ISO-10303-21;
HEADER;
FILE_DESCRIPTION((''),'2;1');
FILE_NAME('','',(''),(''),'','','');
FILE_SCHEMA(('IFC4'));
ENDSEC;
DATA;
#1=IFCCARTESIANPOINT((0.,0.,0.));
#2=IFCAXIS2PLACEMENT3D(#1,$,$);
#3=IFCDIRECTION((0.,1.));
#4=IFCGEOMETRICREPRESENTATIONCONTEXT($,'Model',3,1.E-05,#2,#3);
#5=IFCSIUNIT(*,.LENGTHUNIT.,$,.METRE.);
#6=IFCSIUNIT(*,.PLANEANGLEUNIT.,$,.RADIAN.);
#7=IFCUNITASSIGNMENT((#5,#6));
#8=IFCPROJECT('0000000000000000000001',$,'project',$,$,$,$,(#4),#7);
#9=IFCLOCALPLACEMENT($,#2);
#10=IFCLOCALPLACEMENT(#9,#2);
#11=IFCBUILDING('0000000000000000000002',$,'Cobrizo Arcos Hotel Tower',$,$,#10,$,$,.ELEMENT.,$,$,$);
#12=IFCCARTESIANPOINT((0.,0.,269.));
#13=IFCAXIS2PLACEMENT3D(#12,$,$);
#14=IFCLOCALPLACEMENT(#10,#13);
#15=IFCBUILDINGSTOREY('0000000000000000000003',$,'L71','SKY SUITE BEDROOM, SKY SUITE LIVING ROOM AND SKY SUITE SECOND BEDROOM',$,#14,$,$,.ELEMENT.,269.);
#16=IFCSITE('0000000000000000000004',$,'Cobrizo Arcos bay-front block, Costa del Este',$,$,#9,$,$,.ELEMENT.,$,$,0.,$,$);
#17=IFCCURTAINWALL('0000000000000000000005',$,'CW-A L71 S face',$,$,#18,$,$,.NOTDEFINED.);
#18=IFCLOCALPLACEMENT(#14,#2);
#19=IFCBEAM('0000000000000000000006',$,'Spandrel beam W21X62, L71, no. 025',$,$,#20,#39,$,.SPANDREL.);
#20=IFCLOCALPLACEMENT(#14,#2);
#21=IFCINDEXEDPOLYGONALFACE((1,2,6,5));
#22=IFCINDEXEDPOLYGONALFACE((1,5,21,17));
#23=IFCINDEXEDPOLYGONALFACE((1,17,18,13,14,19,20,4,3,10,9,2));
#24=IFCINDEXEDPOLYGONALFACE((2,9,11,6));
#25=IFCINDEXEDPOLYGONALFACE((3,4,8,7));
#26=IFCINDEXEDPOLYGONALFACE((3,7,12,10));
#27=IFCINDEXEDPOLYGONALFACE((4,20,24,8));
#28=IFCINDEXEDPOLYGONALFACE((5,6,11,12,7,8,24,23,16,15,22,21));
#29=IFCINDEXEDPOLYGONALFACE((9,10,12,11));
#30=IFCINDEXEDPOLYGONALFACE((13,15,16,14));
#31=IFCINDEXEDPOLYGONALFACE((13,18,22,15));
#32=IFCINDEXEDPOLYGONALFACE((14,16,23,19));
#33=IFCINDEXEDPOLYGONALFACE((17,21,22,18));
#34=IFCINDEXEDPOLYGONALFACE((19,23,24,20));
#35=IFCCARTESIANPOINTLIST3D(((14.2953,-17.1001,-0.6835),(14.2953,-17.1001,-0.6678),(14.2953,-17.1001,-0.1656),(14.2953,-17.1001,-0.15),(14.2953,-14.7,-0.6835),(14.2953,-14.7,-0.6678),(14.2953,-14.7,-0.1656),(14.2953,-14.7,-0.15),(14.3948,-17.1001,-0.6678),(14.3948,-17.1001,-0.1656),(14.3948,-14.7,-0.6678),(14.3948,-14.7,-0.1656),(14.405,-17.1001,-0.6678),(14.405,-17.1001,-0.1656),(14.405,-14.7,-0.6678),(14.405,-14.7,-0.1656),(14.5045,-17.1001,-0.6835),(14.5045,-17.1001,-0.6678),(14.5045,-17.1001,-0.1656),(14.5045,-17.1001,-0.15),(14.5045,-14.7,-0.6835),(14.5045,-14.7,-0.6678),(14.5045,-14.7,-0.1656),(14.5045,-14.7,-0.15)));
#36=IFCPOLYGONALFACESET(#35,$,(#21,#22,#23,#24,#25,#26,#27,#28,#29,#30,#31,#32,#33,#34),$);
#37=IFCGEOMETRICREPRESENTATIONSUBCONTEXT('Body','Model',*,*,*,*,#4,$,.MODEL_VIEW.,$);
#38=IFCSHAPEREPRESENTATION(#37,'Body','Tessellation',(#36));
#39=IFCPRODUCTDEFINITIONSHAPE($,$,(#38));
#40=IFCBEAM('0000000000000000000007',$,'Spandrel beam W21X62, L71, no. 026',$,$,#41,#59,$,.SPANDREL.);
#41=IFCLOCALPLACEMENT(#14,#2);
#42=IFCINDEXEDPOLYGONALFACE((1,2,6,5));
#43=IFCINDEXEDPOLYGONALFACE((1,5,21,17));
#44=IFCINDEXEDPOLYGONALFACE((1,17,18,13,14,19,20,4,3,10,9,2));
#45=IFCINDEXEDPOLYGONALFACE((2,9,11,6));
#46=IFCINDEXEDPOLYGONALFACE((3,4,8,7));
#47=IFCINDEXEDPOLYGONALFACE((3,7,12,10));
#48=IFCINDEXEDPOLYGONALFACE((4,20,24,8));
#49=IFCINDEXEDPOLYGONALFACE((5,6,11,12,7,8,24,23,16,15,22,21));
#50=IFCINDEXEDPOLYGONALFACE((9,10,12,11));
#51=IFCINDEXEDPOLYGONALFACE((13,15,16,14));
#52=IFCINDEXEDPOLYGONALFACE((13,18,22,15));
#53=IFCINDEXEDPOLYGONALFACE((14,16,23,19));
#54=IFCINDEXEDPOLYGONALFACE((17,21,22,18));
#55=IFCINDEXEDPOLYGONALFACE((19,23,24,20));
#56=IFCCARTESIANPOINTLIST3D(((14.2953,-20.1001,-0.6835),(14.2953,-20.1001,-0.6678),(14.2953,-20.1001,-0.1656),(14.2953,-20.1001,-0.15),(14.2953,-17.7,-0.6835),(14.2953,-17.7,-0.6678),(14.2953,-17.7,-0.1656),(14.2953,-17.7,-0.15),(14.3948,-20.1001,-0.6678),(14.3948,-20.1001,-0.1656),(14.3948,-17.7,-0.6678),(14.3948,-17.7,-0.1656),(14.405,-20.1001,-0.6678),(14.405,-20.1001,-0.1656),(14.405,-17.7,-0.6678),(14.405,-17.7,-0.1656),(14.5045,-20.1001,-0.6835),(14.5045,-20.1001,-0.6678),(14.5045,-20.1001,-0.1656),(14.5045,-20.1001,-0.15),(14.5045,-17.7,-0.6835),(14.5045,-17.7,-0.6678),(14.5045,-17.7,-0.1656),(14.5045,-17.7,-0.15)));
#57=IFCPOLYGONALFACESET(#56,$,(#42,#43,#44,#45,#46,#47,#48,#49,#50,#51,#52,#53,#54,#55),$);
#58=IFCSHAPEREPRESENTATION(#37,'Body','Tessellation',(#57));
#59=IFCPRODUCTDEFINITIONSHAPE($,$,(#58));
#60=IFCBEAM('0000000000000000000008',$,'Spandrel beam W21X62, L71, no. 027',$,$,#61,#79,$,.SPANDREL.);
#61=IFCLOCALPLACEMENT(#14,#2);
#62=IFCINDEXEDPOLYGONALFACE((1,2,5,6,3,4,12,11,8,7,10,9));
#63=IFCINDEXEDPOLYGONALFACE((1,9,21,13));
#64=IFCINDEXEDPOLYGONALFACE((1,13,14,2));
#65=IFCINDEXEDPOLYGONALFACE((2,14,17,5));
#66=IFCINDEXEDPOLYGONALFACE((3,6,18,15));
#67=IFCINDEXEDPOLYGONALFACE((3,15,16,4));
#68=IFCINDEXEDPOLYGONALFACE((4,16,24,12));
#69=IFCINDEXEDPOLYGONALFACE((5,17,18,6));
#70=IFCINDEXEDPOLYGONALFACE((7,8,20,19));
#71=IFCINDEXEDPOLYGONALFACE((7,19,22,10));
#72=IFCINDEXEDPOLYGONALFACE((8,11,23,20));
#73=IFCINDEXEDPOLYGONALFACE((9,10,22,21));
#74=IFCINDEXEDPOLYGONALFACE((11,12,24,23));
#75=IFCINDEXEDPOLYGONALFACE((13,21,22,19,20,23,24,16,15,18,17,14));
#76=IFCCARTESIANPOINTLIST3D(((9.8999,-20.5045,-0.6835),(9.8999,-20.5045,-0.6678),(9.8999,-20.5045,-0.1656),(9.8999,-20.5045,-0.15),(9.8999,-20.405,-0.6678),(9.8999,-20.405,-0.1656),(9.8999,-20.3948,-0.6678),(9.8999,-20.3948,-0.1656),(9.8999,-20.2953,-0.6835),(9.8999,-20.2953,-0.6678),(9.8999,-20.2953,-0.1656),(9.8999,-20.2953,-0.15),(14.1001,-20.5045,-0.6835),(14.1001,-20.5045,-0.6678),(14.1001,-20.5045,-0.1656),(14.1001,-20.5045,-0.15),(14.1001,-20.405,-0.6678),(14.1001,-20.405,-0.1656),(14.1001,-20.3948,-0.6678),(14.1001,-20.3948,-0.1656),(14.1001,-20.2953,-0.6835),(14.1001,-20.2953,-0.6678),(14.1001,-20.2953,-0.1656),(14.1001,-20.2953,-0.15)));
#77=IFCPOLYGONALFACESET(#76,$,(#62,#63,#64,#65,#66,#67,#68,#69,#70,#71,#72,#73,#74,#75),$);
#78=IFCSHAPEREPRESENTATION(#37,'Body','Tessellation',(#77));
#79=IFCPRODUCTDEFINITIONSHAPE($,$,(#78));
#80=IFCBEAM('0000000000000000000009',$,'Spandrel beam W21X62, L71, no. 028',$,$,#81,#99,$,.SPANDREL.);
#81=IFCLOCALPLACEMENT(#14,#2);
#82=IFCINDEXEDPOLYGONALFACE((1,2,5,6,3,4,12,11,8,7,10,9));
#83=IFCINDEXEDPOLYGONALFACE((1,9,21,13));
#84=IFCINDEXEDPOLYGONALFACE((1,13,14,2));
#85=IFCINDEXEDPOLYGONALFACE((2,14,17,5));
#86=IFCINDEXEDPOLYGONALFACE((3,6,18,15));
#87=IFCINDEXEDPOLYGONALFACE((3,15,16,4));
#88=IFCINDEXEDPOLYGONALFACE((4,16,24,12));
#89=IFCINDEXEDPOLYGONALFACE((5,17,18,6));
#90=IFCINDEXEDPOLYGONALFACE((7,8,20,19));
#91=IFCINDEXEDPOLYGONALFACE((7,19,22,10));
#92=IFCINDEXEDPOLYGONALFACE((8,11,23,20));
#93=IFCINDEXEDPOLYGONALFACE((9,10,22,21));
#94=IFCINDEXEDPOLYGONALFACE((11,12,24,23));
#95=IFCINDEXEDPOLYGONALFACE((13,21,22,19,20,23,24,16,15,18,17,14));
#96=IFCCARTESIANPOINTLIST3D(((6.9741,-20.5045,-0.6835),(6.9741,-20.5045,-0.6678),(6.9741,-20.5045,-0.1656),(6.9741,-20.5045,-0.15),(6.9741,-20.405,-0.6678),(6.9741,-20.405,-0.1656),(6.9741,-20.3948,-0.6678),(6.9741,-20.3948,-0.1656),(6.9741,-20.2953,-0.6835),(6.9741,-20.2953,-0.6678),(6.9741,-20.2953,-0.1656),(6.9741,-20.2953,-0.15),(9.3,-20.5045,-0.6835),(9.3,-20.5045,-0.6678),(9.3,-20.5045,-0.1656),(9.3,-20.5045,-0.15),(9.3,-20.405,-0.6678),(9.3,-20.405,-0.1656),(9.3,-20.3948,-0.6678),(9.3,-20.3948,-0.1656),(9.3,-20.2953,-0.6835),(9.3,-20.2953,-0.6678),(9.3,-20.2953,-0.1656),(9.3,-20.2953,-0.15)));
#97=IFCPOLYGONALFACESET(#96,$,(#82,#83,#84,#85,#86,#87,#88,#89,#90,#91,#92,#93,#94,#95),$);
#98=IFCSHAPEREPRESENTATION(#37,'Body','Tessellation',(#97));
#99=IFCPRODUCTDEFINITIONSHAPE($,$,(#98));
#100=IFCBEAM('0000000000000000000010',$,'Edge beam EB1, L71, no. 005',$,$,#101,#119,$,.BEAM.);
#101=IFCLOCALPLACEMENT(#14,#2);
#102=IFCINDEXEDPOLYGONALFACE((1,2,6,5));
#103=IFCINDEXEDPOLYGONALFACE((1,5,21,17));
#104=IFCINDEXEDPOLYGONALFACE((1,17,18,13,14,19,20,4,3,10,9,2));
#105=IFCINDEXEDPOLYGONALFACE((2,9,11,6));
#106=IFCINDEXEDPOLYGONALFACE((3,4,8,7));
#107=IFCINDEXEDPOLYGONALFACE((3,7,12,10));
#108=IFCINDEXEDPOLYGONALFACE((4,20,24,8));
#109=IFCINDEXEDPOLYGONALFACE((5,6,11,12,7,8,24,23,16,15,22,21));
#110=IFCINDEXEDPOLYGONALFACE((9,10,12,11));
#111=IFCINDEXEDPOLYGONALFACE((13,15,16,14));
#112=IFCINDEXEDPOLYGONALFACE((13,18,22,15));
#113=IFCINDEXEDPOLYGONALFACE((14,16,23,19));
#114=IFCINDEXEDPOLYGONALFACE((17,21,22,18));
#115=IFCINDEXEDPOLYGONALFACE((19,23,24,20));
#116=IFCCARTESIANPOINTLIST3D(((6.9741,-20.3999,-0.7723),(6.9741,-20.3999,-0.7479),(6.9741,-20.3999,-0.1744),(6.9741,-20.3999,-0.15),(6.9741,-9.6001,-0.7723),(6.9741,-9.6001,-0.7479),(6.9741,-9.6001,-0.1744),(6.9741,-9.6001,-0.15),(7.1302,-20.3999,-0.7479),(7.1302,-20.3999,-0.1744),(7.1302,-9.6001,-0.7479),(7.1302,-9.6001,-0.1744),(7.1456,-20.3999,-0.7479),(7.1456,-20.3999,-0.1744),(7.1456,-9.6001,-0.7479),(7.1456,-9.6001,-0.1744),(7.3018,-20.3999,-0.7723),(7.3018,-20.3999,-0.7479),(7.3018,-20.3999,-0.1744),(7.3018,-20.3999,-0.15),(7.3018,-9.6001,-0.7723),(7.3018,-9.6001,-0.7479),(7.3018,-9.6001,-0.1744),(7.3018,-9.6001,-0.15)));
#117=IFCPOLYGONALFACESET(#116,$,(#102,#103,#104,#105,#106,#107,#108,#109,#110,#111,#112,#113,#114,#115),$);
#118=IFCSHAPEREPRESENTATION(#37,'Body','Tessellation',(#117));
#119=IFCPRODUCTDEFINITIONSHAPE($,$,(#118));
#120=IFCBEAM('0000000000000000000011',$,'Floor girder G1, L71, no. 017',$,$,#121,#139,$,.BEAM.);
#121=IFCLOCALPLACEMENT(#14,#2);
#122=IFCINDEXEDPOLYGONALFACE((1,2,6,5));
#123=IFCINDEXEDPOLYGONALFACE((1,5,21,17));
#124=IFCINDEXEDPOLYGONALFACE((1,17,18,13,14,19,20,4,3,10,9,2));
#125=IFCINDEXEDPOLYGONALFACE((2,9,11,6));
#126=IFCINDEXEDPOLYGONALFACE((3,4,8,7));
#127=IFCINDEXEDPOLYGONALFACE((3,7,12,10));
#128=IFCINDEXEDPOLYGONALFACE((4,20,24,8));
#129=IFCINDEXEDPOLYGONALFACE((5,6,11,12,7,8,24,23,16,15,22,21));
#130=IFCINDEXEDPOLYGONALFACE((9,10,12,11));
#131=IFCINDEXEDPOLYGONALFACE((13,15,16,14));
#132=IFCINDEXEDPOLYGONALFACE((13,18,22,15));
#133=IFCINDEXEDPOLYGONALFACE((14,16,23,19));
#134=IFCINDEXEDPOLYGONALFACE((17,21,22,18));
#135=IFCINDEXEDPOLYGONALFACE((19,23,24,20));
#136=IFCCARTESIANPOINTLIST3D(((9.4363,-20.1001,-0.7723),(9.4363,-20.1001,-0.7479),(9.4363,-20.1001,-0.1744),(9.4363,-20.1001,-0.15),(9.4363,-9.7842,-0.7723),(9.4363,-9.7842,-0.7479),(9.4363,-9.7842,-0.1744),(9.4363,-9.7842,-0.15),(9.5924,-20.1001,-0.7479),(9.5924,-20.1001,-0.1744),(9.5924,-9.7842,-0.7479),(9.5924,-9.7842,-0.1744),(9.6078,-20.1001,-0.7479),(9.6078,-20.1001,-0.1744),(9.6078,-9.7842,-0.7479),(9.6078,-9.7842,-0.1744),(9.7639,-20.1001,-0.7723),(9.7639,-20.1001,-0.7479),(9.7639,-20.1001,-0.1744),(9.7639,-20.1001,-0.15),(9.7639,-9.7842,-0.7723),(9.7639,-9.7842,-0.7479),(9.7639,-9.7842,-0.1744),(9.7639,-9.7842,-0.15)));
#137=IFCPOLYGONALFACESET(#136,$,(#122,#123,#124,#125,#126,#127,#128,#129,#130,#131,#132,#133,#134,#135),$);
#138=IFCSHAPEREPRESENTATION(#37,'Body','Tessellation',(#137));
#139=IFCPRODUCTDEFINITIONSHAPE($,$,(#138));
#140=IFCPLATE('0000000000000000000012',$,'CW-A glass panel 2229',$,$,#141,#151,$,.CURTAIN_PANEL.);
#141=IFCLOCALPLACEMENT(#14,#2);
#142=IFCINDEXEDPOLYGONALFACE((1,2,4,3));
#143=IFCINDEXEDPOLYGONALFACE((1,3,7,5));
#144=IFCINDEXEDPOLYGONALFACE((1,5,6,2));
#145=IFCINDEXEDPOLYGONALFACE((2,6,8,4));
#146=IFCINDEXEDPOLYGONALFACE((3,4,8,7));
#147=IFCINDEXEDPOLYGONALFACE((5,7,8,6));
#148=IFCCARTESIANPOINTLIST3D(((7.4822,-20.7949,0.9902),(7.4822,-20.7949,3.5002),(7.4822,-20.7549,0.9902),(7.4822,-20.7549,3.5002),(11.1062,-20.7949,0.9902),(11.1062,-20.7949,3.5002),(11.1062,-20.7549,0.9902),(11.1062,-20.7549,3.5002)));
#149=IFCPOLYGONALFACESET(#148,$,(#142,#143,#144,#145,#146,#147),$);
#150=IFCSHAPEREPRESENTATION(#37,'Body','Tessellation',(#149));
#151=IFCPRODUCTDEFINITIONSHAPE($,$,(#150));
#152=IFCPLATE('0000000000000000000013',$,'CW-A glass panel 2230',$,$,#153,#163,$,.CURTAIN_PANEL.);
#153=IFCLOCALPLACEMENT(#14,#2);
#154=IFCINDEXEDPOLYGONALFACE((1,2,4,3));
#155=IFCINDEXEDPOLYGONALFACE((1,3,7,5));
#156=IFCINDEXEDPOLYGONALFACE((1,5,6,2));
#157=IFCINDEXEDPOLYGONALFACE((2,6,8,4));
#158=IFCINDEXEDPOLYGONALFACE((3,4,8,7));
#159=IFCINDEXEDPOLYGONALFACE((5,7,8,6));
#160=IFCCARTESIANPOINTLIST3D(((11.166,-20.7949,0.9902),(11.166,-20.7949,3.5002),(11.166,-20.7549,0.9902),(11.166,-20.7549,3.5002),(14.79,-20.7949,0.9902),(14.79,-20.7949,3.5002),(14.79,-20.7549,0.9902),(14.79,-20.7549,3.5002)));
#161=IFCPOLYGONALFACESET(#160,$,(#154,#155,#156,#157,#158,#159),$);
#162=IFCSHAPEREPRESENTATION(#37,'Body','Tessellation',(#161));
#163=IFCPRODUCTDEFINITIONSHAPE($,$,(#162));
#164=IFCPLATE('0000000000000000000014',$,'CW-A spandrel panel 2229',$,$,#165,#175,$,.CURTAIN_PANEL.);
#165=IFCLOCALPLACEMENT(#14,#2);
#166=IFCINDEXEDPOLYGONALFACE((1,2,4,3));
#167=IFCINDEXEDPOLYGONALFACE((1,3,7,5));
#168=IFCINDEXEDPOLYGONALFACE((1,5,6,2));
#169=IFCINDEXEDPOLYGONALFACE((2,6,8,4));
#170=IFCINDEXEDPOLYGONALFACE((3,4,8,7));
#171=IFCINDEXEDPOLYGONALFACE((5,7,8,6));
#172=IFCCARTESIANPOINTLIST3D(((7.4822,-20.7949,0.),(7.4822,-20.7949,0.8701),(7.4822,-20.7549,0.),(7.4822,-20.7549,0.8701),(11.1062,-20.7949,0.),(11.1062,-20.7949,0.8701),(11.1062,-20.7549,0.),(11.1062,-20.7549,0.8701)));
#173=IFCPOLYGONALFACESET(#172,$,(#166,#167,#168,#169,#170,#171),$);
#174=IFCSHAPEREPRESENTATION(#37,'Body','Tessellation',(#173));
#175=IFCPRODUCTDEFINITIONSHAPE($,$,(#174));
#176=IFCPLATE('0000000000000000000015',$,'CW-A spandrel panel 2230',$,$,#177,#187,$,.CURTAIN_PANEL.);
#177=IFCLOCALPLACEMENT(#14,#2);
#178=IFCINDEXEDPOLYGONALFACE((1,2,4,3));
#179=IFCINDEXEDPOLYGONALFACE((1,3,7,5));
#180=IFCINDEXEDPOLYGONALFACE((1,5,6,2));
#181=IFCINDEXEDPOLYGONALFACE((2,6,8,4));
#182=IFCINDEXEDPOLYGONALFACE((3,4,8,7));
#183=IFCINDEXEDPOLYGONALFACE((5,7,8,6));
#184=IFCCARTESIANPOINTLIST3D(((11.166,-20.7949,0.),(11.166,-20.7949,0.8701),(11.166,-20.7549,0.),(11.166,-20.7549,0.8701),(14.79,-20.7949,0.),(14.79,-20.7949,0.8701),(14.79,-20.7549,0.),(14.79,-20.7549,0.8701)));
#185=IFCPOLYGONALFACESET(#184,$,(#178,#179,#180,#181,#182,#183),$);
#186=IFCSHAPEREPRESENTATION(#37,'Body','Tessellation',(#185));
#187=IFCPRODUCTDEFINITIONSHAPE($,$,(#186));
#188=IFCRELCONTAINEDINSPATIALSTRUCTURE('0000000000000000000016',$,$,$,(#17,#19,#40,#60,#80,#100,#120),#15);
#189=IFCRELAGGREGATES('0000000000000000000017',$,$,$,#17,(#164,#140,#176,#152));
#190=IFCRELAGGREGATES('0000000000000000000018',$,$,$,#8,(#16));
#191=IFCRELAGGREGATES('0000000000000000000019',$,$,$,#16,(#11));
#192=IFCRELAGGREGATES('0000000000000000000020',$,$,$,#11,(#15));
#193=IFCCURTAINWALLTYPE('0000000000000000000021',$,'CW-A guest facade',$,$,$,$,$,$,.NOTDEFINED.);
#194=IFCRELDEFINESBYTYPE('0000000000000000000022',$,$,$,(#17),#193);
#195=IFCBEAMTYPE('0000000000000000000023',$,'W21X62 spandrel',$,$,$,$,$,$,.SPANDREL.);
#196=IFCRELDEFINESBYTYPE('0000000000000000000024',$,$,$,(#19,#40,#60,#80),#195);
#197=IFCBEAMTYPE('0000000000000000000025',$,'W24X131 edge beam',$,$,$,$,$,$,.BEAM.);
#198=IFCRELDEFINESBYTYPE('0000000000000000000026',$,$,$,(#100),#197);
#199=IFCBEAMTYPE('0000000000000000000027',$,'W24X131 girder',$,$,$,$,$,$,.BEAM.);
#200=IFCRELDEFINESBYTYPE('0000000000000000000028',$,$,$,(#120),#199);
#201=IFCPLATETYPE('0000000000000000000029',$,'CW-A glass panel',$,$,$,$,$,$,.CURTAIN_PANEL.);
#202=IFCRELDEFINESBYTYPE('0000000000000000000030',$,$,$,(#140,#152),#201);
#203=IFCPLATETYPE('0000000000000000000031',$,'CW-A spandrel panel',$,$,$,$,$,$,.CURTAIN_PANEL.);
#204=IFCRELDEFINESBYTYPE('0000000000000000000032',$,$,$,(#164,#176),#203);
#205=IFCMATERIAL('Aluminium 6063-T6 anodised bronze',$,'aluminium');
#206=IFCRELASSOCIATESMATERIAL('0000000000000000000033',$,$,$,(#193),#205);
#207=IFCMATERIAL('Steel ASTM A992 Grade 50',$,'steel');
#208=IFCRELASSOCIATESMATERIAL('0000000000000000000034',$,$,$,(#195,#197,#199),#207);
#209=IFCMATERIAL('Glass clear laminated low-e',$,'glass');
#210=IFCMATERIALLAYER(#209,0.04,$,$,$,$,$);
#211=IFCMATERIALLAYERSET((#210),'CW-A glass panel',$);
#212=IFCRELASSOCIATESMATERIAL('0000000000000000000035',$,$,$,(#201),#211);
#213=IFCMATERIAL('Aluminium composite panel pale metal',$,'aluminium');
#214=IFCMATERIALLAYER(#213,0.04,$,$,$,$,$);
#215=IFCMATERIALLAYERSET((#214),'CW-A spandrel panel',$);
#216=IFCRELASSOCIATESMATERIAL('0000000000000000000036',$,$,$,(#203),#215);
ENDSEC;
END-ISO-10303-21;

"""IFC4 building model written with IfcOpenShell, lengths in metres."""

from ifc_helpers import new_model, si_unit, direction, frame, origin, origin_2d, place, context, subcontext, project, spatial, rectangle, i_section, extrude, material, layer, layer_set, material_profile, profile_set, type_object, element, aggregate, save


model = new_model("IFC4")

# Units and contexts
model_context = context("Model", 3, precision=1e-05, world=origin(), true_north=direction((0.0, 1.0)))
body_context = subcontext(model_context, "Body", "Model", "MODEL_VIEW")
ifc_project = project(units=[si_unit("LENGTHUNIT", "METRE"), si_unit("PLANEANGLEUNIT", "RADIAN")], contexts=[model_context])

# Site, building, storey
site_placement = place(None, origin())
site = spatial("IfcSite", under=ifc_project, at=site_placement, Name="Cobrizo Arcos bay-front block, Costa del Este", CompositionType="ELEMENT", RefElevation=0.0)
building_placement = place(site_placement, origin())
building = spatial("IfcBuilding", under=site, at=building_placement, Name="Cobrizo Arcos Hotel Tower", CompositionType="ELEMENT")
storey_placement = place(building_placement, frame((0.0, 0.0, 269.0)))
storey = spatial("IfcBuildingStorey", under=building, at=storey_placement, Name="L71", Description="SKY SUITE BEDROOM, SKY SUITE LIVING ROOM AND SKY SUITE SECOND BEDROOM", CompositionType="ELEMENT", Elevation=269.0)

# Curtain wall
ifc_material_1 = material(Name="Aluminium 6063-T6 anodised bronze", Category="aluminium")
curtain_wall_type_1 = type_object("IfcCurtainWallType", Name="CW-A guest facade", PredefinedType="NOTDEFINED", material=ifc_material_1)
curtain_wall_1_placement = place(storey_placement, origin())
curtain_wall_1 = element("IfcCurtainWall", 1, at=curtain_wall_1_placement, inside=storey, type_object=curtain_wall_type_1, Name="CW-A L71 S face", PredefinedType="NOTDEFINED")

# Beams
ifc_material_2 = material(Name="Steel ASTM A992 Grade 50", Category="steel")
ifc_material_profile_1 = material_profile(ifc_material_2, i_section(OverallWidth=0.2092, OverallDepth=0.5334, WebThickness=0.0103, FlangeThickness=0.0156, at=origin_2d()), Name="W21X62")
ifc_profile_set_1 = profile_set([ifc_material_profile_1], Name="Steel ASTM A992 Grade 50")
beam_type_1 = type_object("IfcBeamType", Name="W21X62 spandrel", PredefinedType="SPANDREL", material=ifc_profile_set_1)
for number, where, z_axis, x_axis, name in (
    (2, (14.3999, -14.7, -0.4167), (0.0, -1.0, 0.0), (1.0, 0.0, 0.0), "Spandrel beam W21X62, L71, no. 025"),
    (3, (14.3999, -17.7, -0.4167), (0.0, -1.0, 0.0), (1.0, 0.0, 0.0), "Spandrel beam W21X62, L71, no. 026"),
):
    element("IfcBeam", number, at=place(storey_placement, frame(where, z_axis=z_axis, x_axis=x_axis)), inside=storey, type_object=beam_type_1, Name=name, PredefinedType="SPANDREL", context=body_context, shape_type="SweptSolid", body=[
        extrude(i_section(OverallWidth=0.2092, OverallDepth=0.5334, WebThickness=0.0103, FlangeThickness=0.0156, at=origin_2d()), origin(), (0.0, 0.0, 1.0), 2.4001),
    ])
beam_1_placement = place(storey_placement, frame((14.1001, -20.3999, -0.4167), z_axis=(-1.0, 0.0, 0.0), x_axis=(0.0, -1.0, 0.0)))
element("IfcBeam", 4, at=beam_1_placement, inside=storey, type_object=beam_type_1, Name="Spandrel beam W21X62, L71, no. 027", PredefinedType="SPANDREL", context=body_context, shape_type="SweptSolid", body=[
    extrude(i_section(OverallWidth=0.2092, OverallDepth=0.5334, WebThickness=0.0103, FlangeThickness=0.0156, at=origin_2d()), origin(), (0.0, 0.0, 1.0), 4.2002),
])
beam_2_placement = place(storey_placement, frame((9.3, -20.3999, -0.4167), z_axis=(-1.0, 0.0, 0.0), x_axis=(0.0, -1.0, 0.0)))
element("IfcBeam", 5, at=beam_2_placement, inside=storey, type_object=beam_type_1, Name="Spandrel beam W21X62, L71, no. 028", PredefinedType="SPANDREL", context=body_context, shape_type="SweptSolid", body=[
    extrude(i_section(OverallWidth=0.2092, OverallDepth=0.5334, WebThickness=0.0103, FlangeThickness=0.0156, at=origin_2d()), origin(), (0.0, 0.0, 1.0), 2.3259),
])
ifc_material_profile_2 = material_profile(ifc_material_2, i_section(OverallWidth=0.3276, OverallDepth=0.6223, WebThickness=0.0154, FlangeThickness=0.0244, at=origin_2d()), Name="W24X131")
ifc_profile_set_2 = profile_set([ifc_material_profile_2], Name="Steel ASTM A992 Grade 50")
beam_type_2 = type_object("IfcBeamType", Name="W24X131 edge beam", PredefinedType="BEAM", material=ifc_profile_set_2)
beam_3_placement = place(storey_placement, frame((7.1379, -20.3999, -0.4612), z_axis=(0.0, 1.0, 0.0), x_axis=(-1.0, 0.0, 0.0)))
element("IfcBeam", 6, at=beam_3_placement, inside=storey, type_object=beam_type_2, Name="Edge beam EB1, L71, no. 005", PredefinedType="BEAM", context=body_context, shape_type="SweptSolid", body=[
    extrude(i_section(OverallWidth=0.3276, OverallDepth=0.6223, WebThickness=0.0154, FlangeThickness=0.0244, at=origin_2d()), origin(), (0.0, 0.0, 1.0), 10.7998),
])
ifc_material_profile_3 = material_profile(ifc_material_2, i_section(OverallWidth=0.3276, OverallDepth=0.6223, WebThickness=0.0154, FlangeThickness=0.0244, at=origin_2d()), Name="W24X131")
ifc_profile_set_3 = profile_set([ifc_material_profile_3], Name="Steel ASTM A992 Grade 50")
beam_type_3 = type_object("IfcBeamType", Name="W24X131 girder", PredefinedType="BEAM", material=ifc_profile_set_3)
beam_4_placement = place(storey_placement, frame((9.6001, -20.1001, -0.4612), z_axis=(0.0, 1.0, 0.0), x_axis=(-1.0, 0.0, 0.0)))
element("IfcBeam", 7, at=beam_4_placement, inside=storey, type_object=beam_type_3, Name="Floor girder G1, L71, no. 017", PredefinedType="BEAM", context=body_context, shape_type="SweptSolid", body=[
    extrude(i_section(OverallWidth=0.3276, OverallDepth=0.6223, WebThickness=0.0154, FlangeThickness=0.0244, at=origin_2d()), origin(), (0.0, 0.0, 1.0), 10.3159),
])

# Plates
ifc_material_3 = material(Name="Glass clear laminated low-e", Category="glass")
ifc_layer_1 = layer(ifc_material_3, 0.04)
ifc_layer_set_1 = layer_set([ifc_layer_1], Name="CW-A glass panel")
plate_type_1 = type_object("IfcPlateType", Name="CW-A glass panel", PredefinedType="CURTAIN_PANEL", material=ifc_layer_set_1)
plate_1_placement = place(storey_placement, frame((9.2942, -20.7749, 0.9902), z_axis=(0.0, 0.0, 1.0), x_axis=(1.0, 0.0, 0.0)))
plate_1 = element("IfcPlate", 8, at=plate_1_placement, type_object=plate_type_1, Name="CW-A glass panel 2229", PredefinedType="CURTAIN_PANEL", context=body_context, shape_type="SweptSolid", body=[
    extrude(rectangle(XDim=3.624, YDim=0.04, at=origin_2d()), origin(), (0.0, 0.0, 1.0), 2.51),
])
plate_2_placement = place(storey_placement, frame((12.978, -20.7749, 0.9902), z_axis=(0.0, 0.0, 1.0), x_axis=(1.0, 0.0, 0.0)))
plate_2 = element("IfcPlate", 9, at=plate_2_placement, type_object=plate_type_1, Name="CW-A glass panel 2230", PredefinedType="CURTAIN_PANEL", context=body_context, shape_type="SweptSolid", body=[
    extrude(rectangle(XDim=3.624, YDim=0.04, at=origin_2d()), origin(), (0.0, 0.0, 1.0), 2.51),
])
ifc_material_4 = material(Name="Aluminium composite panel pale metal", Category="aluminium")
ifc_layer_2 = layer(ifc_material_4, 0.04)
ifc_layer_set_2 = layer_set([ifc_layer_2], Name="CW-A spandrel panel")
plate_type_2 = type_object("IfcPlateType", Name="CW-A spandrel panel", PredefinedType="CURTAIN_PANEL", material=ifc_layer_set_2)
plate_3_placement = place(storey_placement, frame((9.2942, -20.7749, 0.0), z_axis=(0.0, 0.0, 1.0), x_axis=(1.0, 0.0, 0.0)))
plate_3 = element("IfcPlate", 10, at=plate_3_placement, type_object=plate_type_2, Name="CW-A spandrel panel 2229", PredefinedType="CURTAIN_PANEL", context=body_context, shape_type="SweptSolid", body=[
    extrude(rectangle(XDim=3.624, YDim=0.04, at=origin_2d()), origin(), (0.0, 0.0, 1.0), 0.8701),
])
plate_4_placement = place(storey_placement, frame((12.978, -20.7749, 0.0), z_axis=(0.0, 0.0, 1.0), x_axis=(1.0, 0.0, 0.0)))
plate_4 = element("IfcPlate", 11, at=plate_4_placement, type_object=plate_type_2, Name="CW-A spandrel panel 2230", PredefinedType="CURTAIN_PANEL", context=body_context, shape_type="SweptSolid", body=[
    extrude(rectangle(XDim=3.624, YDim=0.04, at=origin_2d()), origin(), (0.0, 0.0, 1.0), 0.8701),
])
aggregate(curtain_wall_1, [plate_3, plate_1, plate_4, plate_2])

save(model, "model.ifc")
